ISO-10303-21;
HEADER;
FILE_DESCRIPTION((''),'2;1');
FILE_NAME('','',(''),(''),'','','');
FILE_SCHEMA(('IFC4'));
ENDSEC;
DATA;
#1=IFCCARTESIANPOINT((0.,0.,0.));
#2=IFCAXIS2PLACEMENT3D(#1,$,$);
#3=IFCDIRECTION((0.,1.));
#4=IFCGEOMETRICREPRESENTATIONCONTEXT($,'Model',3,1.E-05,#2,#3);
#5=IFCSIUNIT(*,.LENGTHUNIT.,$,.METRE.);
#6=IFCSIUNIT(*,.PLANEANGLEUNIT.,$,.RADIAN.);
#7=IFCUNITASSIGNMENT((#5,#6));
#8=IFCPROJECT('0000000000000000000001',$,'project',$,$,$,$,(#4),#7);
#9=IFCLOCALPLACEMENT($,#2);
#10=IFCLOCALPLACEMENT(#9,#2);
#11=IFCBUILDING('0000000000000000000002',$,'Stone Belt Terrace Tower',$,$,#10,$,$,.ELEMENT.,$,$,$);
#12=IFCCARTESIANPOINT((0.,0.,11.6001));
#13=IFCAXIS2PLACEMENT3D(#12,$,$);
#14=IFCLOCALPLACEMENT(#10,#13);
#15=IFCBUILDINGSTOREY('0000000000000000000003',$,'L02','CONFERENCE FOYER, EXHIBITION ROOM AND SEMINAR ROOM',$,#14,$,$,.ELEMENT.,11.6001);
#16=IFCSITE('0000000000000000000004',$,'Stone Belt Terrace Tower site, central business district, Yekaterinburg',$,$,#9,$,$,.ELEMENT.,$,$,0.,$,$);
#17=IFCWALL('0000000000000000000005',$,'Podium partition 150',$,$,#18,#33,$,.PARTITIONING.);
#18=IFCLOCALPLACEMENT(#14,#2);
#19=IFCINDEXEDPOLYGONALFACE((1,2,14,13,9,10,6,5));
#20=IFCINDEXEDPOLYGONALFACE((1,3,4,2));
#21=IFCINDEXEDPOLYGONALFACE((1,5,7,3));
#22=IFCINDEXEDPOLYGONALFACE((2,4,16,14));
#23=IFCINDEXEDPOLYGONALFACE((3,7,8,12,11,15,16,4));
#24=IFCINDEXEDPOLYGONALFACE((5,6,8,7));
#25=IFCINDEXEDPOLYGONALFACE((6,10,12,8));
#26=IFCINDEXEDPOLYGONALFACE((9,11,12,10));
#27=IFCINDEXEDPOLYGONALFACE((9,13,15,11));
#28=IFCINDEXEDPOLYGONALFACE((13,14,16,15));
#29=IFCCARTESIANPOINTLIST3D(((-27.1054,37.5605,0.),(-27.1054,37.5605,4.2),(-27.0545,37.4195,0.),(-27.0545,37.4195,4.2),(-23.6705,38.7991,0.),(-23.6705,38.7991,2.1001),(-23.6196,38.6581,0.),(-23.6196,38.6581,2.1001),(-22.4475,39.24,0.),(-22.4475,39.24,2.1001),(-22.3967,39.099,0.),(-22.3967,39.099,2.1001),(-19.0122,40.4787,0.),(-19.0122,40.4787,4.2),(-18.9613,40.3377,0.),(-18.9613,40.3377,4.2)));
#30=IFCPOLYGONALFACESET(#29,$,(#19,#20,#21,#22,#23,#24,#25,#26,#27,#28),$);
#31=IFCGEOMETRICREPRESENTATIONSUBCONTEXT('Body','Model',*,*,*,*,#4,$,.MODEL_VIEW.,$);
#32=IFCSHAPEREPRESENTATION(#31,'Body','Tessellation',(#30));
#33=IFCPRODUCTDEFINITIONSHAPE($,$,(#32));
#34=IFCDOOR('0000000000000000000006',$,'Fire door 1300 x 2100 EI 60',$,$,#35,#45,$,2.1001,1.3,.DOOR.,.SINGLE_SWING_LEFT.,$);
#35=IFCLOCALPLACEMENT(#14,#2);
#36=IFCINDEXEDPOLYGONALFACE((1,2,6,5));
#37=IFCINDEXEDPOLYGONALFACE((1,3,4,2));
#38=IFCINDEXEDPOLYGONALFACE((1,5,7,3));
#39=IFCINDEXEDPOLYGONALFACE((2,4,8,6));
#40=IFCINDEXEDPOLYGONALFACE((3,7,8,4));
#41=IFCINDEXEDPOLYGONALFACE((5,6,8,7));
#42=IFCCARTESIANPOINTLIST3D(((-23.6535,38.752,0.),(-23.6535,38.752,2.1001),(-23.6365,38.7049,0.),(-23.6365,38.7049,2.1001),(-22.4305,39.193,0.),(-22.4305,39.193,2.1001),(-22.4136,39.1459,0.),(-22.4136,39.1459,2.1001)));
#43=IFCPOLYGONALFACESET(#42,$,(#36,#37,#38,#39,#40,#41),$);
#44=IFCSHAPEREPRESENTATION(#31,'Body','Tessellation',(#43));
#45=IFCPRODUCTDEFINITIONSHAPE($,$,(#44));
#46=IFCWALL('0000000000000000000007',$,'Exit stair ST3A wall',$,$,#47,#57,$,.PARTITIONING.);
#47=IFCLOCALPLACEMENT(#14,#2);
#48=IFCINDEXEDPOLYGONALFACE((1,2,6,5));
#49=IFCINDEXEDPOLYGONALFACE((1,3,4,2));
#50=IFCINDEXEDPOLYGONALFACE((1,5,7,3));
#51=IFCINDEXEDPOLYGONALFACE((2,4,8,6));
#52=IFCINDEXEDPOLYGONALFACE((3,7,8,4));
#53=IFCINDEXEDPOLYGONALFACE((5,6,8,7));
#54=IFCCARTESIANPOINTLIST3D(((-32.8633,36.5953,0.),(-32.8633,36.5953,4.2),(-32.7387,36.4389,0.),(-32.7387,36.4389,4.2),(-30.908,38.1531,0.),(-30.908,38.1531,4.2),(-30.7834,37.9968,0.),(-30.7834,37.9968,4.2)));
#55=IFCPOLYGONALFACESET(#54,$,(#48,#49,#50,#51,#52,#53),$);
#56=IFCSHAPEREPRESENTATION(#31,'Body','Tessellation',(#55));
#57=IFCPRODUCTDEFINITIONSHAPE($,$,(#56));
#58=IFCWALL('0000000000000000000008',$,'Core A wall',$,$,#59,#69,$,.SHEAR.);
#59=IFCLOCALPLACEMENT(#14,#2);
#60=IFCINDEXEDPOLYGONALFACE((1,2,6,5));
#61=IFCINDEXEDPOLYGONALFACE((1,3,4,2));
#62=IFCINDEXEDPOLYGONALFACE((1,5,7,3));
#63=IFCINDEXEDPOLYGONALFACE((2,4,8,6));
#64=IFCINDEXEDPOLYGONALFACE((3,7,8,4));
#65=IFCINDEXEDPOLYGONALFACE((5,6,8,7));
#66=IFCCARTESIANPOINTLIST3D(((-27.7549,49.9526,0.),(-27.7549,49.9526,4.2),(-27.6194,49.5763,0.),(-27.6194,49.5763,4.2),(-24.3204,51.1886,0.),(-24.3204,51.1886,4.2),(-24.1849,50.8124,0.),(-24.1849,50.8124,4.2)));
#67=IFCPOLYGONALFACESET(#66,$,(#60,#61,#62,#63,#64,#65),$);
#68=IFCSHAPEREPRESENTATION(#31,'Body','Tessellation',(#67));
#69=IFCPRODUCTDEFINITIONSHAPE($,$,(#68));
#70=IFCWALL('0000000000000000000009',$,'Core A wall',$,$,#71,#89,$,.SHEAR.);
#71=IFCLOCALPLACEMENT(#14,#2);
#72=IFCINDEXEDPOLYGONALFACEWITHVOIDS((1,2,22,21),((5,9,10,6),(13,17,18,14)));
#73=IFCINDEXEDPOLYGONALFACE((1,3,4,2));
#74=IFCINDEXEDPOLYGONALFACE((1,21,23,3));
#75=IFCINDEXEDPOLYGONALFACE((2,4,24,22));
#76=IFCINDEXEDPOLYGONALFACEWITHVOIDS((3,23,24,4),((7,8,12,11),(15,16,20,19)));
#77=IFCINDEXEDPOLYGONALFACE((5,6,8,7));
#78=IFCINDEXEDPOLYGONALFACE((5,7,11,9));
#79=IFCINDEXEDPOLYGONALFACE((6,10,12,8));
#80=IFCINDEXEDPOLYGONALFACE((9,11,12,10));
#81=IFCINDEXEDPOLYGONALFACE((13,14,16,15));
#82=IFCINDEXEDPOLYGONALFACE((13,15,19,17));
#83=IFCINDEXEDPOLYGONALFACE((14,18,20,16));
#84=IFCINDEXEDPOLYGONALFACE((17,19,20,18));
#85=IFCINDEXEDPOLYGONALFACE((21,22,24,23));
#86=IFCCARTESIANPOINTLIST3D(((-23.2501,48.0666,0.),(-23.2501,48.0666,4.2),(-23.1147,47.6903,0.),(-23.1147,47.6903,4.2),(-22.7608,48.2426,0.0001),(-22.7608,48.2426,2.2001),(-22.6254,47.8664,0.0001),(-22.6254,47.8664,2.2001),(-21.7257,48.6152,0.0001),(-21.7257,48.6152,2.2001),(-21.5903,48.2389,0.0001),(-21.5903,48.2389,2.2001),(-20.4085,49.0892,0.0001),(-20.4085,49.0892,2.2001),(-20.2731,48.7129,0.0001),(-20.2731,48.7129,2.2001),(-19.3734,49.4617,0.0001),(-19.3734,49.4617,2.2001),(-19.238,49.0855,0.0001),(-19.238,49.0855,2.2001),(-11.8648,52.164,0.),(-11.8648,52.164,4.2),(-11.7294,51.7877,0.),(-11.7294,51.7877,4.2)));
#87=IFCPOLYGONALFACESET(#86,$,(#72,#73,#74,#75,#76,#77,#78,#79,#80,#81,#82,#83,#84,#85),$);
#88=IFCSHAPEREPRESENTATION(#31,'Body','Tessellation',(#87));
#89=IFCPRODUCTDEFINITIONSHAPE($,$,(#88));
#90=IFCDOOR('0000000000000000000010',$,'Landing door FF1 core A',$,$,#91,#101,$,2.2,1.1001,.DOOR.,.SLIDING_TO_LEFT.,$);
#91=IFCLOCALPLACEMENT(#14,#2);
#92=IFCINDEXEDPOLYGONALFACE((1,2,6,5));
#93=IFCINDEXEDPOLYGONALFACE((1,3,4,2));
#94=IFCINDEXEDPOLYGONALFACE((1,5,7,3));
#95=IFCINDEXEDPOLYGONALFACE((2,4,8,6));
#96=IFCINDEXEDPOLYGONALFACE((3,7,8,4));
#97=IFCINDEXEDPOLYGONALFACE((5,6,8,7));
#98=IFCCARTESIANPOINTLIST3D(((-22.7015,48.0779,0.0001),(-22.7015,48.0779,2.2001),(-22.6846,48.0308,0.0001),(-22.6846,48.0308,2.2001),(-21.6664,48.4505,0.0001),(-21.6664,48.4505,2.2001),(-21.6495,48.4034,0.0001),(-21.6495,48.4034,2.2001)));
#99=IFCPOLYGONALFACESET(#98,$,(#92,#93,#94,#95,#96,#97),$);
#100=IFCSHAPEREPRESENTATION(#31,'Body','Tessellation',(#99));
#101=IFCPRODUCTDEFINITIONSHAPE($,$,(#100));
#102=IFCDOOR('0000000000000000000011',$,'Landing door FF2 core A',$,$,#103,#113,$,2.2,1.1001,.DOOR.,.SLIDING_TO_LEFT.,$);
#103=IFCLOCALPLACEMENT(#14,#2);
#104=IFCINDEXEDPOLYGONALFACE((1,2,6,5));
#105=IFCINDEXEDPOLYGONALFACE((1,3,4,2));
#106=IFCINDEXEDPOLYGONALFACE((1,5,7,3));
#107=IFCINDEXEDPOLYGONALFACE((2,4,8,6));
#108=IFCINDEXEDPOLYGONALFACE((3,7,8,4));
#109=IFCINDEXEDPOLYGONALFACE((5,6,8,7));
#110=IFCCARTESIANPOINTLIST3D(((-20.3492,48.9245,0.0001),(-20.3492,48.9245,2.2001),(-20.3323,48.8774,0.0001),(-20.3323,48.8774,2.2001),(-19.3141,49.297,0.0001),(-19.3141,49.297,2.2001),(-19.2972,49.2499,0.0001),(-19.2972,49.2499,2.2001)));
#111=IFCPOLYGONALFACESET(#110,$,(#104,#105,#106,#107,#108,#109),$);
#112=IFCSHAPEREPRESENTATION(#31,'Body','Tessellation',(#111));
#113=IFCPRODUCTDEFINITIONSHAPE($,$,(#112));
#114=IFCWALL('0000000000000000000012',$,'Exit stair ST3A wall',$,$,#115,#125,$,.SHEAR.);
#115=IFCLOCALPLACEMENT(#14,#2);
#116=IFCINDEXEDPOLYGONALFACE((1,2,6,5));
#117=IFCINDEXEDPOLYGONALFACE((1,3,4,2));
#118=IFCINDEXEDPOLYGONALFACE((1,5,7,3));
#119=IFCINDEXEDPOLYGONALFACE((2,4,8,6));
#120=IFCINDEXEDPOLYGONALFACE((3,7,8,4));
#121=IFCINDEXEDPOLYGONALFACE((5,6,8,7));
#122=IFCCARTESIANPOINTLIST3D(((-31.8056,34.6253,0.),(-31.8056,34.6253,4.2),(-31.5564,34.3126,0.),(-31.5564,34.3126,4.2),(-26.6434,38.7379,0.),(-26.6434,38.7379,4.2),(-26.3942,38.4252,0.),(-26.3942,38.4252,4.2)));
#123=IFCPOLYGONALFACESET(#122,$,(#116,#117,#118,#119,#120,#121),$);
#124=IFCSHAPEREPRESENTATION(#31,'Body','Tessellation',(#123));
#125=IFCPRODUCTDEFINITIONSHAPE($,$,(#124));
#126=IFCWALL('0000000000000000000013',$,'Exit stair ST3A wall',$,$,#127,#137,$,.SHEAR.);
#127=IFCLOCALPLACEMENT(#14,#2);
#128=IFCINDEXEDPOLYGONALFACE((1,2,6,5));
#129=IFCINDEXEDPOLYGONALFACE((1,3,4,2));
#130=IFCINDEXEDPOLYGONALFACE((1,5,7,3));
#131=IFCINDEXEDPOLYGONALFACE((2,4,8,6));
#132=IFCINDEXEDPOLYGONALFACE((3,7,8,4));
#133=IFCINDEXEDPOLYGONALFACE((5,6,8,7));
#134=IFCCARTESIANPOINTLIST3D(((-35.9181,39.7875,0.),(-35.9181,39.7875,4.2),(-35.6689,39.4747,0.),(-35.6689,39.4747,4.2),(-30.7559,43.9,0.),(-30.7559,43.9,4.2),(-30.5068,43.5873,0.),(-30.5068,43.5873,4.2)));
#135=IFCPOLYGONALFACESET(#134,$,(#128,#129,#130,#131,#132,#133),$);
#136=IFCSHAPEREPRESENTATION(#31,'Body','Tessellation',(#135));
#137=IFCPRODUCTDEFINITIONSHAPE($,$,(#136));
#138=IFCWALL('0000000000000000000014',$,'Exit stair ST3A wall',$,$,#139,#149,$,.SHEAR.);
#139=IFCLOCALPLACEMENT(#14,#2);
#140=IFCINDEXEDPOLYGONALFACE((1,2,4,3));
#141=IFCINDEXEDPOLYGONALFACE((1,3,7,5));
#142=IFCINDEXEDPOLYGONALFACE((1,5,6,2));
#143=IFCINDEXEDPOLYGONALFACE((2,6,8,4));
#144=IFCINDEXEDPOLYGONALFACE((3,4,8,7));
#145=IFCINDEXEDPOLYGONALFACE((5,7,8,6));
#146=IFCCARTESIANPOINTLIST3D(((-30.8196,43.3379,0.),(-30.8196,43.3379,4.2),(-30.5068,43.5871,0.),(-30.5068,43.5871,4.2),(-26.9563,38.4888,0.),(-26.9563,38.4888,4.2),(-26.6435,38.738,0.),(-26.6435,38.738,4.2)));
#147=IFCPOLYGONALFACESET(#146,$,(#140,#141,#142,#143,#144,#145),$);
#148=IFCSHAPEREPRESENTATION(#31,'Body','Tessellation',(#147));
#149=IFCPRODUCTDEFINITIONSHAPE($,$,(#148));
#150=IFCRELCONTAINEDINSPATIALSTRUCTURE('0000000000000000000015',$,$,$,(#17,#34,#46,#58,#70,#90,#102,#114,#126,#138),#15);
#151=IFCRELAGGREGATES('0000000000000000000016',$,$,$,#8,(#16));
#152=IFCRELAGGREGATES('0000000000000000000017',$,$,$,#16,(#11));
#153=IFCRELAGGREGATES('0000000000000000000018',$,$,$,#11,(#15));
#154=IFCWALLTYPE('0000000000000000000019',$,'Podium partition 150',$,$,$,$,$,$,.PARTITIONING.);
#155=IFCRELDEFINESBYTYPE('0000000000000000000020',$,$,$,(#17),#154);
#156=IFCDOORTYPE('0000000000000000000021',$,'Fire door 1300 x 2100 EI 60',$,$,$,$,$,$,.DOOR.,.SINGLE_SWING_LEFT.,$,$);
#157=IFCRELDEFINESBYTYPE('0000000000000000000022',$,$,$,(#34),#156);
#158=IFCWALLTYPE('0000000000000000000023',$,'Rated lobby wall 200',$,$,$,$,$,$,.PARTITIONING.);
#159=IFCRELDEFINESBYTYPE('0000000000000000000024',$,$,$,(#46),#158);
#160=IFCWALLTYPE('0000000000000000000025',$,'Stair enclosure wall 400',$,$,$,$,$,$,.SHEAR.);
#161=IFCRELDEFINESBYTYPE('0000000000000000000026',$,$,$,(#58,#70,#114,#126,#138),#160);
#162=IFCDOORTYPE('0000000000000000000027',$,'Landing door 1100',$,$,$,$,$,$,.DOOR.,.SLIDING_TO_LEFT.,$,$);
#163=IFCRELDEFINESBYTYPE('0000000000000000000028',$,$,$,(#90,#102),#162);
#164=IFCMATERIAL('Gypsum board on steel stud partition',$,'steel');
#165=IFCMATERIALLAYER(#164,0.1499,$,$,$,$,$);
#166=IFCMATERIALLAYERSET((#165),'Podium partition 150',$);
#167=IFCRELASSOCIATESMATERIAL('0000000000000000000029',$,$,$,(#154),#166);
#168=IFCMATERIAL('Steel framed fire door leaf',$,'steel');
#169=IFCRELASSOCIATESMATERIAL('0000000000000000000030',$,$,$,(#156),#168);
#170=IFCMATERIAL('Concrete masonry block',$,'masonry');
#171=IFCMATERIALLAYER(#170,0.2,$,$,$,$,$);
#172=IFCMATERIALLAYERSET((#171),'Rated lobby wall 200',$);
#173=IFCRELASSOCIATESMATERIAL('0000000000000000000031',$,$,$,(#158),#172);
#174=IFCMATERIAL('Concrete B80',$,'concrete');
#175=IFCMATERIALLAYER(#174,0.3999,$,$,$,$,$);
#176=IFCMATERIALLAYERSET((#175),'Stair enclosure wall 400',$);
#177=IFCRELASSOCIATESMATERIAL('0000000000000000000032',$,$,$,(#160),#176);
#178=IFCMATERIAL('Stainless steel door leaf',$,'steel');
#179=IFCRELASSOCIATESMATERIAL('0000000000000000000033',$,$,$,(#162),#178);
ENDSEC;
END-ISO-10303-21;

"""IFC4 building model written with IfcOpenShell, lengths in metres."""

from ifc_helpers import new_model, si_unit, direction, frame, frame_2d, origin, place, context, subcontext, project, spatial, rectangle, extrude, material, layer, layer_set, type_object, element, fill, save


model = new_model("IFC4")

# Units and contexts
model_context = context("Model", 3, precision=1e-05, world=origin(), true_north=direction((0.0, 1.0)))
body_context = subcontext(model_context, "Body", "Model", "MODEL_VIEW")
ifc_project = project(units=[si_unit("LENGTHUNIT", "METRE"), si_unit("PLANEANGLEUNIT", "RADIAN")], contexts=[model_context])

# Site, building, storey
site_placement = place(None, origin())
site = spatial("IfcSite", under=ifc_project, at=site_placement, Name="Stone Belt Terrace Tower site, central business district, Yekaterinburg", CompositionType="ELEMENT", RefElevation=0.0)
building_placement = place(site_placement, origin())
building = spatial("IfcBuilding", under=site, at=building_placement, Name="Stone Belt Terrace Tower", CompositionType="ELEMENT")
storey_placement = place(building_placement, frame((0.0, 0.0, 11.6001)))
storey = spatial("IfcBuildingStorey", under=building, at=storey_placement, Name="L02", Description="CONFERENCE FOYER, EXHIBITION ROOM AND SEMINAR ROOM", CompositionType="ELEMENT", Elevation=11.6001)

# Shared definitions
ifc_material_1 = material(Name="Concrete B80", Category="concrete")

# Shared definitions
ifc_material_2 = material(Name="Gypsum board on steel stud partition", Category="steel")
ifc_layer_1 = layer(ifc_material_2, 0.1499)
ifc_layer_set_1 = layer_set([ifc_layer_1], Name="Podium partition 150")
wall_type_1 = type_object("IfcWallType", Name="Podium partition 150", PredefinedType="PARTITIONING", material=ifc_layer_set_1)

# Wall, opening, door
wall_1_placement = place(storey_placement, frame((-27.0801, 37.49, 0.0), z_axis=(0.0, 0.0, 1.0), x_axis=(0.940715, 0.339197, 0.0)))
wall_1 = element("IfcWall", 1, at=wall_1_placement, inside=storey, type_object=wall_type_1, Name="Podium partition 150", PredefinedType="PARTITIONING", context=body_context, shape_type="SweptSolid", body=[
    extrude(rectangle(XDim=8.6033, YDim=0.1499, at=frame_2d((4.3018, 0.0))), origin(), (0.0, 0.0, 1.0), 4.2),
])
opening_1_placement = place(wall_1_placement, frame((3.6516, 0.0, 0.0)))
opening_1 = element("IfcOpeningElement", 2, at=opening_1_placement, cuts=wall_1, PredefinedType="OPENING", context=body_context, shape_type="SweptSolid", body=[
    extrude(rectangle(XDim=1.3, YDim=2.1001, at=frame_2d((0.6499, 1.05))), frame((0.0, 0.085, 0.0), z_axis=(0.0, -1.0, 0.0), x_axis=(1.0, 0.0, 0.0)), (0.0, 0.0, 1.0), 0.1699),
])
ifc_material_3 = material(Name="Steel framed fire door leaf", Category="steel")
door_type_1 = type_object("IfcDoorType", Name="Fire door 1300 x 2100 EI 60", OperationType="SINGLE_SWING_LEFT", PredefinedType="DOOR", material=ifc_material_3)
door_1_placement = place(opening_1_placement, origin())
door_1 = element("IfcDoor", 3, at=door_1_placement, inside=storey, type_object=door_type_1, Name="Fire door 1300 x 2100 EI 60", OperationType="SINGLE_SWING_LEFT", OverallHeight=2.1001, OverallWidth=1.3, PredefinedType="DOOR", context=body_context, shape_type="SweptSolid", body=[
    extrude(rectangle(XDim=1.3, YDim=2.1001, at=frame_2d((0.6499, 1.05))), frame((0.0, 0.0249, 0.0), z_axis=(0.0, -1.0, 0.0), x_axis=(1.0, 0.0, 0.0)), (0.0, 0.0, 1.0), 0.05),
])
fill(opening_1, door_1)

# Walls
ifc_material_4 = material(Name="Concrete masonry block", Category="masonry")
ifc_layer_2 = layer(ifc_material_4, 0.2)
ifc_layer_set_2 = layer_set([ifc_layer_2], Name="Rated lobby wall 200")
wall_type_2 = type_object("IfcWallType", Name="Rated lobby wall 200", PredefinedType="PARTITIONING", material=ifc_layer_set_2)
wall_2_placement = place(storey_placement, frame((-30.8457, 38.075, 0.0), z_axis=(0.0, 0.0, 1.0), x_axis=(-0.782115, -0.623134, 0.0)))
element("IfcWall", 4, at=wall_2_placement, inside=storey, type_object=wall_type_2, Name="Exit stair ST3A wall", PredefinedType="PARTITIONING", context=body_context, shape_type="SweptSolid", body=[
    extrude(rectangle(XDim=2.5, YDim=0.2, at=frame_2d((1.25, 0.0))), origin(), (0.0, 0.0, 1.0), 4.2),
])
ifc_layer_3 = layer(ifc_material_1, 0.3999)
ifc_layer_set_3 = layer_set([ifc_layer_3], Name="Stair enclosure wall 400")
wall_type_3 = type_object("IfcWallType", Name="Stair enclosure wall 400", PredefinedType="SHEAR", material=ifc_layer_set_3)
wall_3_placement = place(storey_placement, frame((-27.6873, 49.7644, 0.0), z_axis=(0.0, 0.0, 1.0), x_axis=(0.940919, 0.338632, 0.0)))
element("IfcWall", 5, at=wall_3_placement, inside=storey, type_object=wall_type_3, Name="Core A wall", PredefinedType="SHEAR", context=body_context, shape_type="SweptSolid", body=[
    extrude(rectangle(XDim=3.6501, YDim=0.3999, at=frame_2d((1.8252, 0.0))), origin(), (0.0, 0.0, 1.0), 4.2),
])

# Wall, openings, doors
wall_4_placement = place(storey_placement, frame((-23.1824, 47.8784, 0.0), z_axis=(0.0, 0.0, 1.0), x_axis=(0.940921, 0.338626, 0.0)))
wall_4 = element("IfcWall", 6, at=wall_4_placement, inside=storey, type_object=wall_type_3, Name="Core A wall", PredefinedType="SHEAR", context=body_context, shape_type="SweptSolid", body=[
    extrude(rectangle(XDim=12.1001, YDim=0.3999, at=frame_2d((6.05, 0.0))), origin(), (0.0, 0.0, 1.0), 4.2),
])
opening_2_placement = place(wall_4_placement, frame((0.52, 0.0, 0.0)))
opening_2 = element("IfcOpeningElement", 7, at=opening_2_placement, cuts=wall_4, PredefinedType="OPENING", context=body_context, shape_type="SweptSolid", body=[
    extrude(rectangle(XDim=1.1001, YDim=2.2, at=frame_2d((0.55, 1.1001))), frame((0.0, 0.21, 0.0), z_axis=(0.0, -1.0, 0.0), x_axis=(1.0, 0.0, 0.0)), (0.0, 0.0, 1.0), 0.4199),
])
opening_3_placement = place(wall_4_placement, frame((3.02, 0.0, 0.0)))
opening_3 = element("IfcOpeningElement", 8, at=opening_3_placement, cuts=wall_4, PredefinedType="OPENING", context=body_context, shape_type="SweptSolid", body=[
    extrude(rectangle(XDim=1.1001, YDim=2.2, at=frame_2d((0.55, 1.1001))), frame((0.0, 0.21, 0.0), z_axis=(0.0, -1.0, 0.0), x_axis=(1.0, 0.0, 0.0)), (0.0, 0.0, 1.0), 0.4199),
])
ifc_material_5 = material(Name="Stainless steel door leaf", Category="steel")
door_type_2 = type_object("IfcDoorType", Name="Landing door 1100", OperationType="SLIDING_TO_LEFT", PredefinedType="DOOR", material=ifc_material_5)
door_2_placement = place(opening_2_placement, origin())
door_2 = element("IfcDoor", 9, at=door_2_placement, inside=storey, type_object=door_type_2, Name="Landing door FF1 core A", OperationType="SLIDING_TO_LEFT", OverallHeight=2.2, OverallWidth=1.1001, PredefinedType="DOOR", context=body_context, shape_type="SweptSolid", body=[
    extrude(rectangle(XDim=1.1001, YDim=2.2, at=frame_2d((0.55, 1.1001))), frame((0.0, 0.0249, 0.0), z_axis=(0.0, -1.0, 0.0), x_axis=(1.0, 0.0, 0.0)), (0.0, 0.0, 1.0), 0.05),
])
fill(opening_2, door_2)
door_3_placement = place(opening_3_placement, origin())
door_3 = element("IfcDoor", 10, at=door_3_placement, inside=storey, type_object=door_type_2, Name="Landing door FF2 core A", OperationType="SLIDING_TO_LEFT", OverallHeight=2.2, OverallWidth=1.1001, PredefinedType="DOOR", context=body_context, shape_type="SweptSolid", body=[
    extrude(rectangle(XDim=1.1001, YDim=2.2, at=frame_2d((0.55, 1.1001))), frame((0.0, 0.0249, 0.0), z_axis=(0.0, -1.0, 0.0), x_axis=(1.0, 0.0, 0.0)), (0.0, 0.0, 1.0), 0.05),
])
fill(opening_3, door_3)

# Walls
for number, where, z_axis, x_axis, name in (
    (11, (-26.5188, 38.5815, 0.0), (0.0, 0.0, 1.0), (-0.782134, -0.62311, 0.0), "Exit stair ST3A wall"),
    (12, (-30.6313, 43.7437, 0.0), (0.0, 0.0, 1.0), (-0.782134, -0.62311, 0.0), "Exit stair ST3A wall"),
):
    element("IfcWall", number, at=place(storey_placement, frame(where, z_axis=z_axis, x_axis=x_axis)), inside=storey, type_object=wall_type_3, Name=name, PredefinedType="SHEAR", context=body_context, shape_type="SweptSolid", body=[
        extrude(rectangle(XDim=6.6001, YDim=0.3999, at=frame_2d((3.3, 0.0))), origin(), (0.0, 0.0, 1.0), 4.2),
    ])
wall_5_placement = place(storey_placement, frame((-26.7998, 38.6133, 0.0), z_axis=(0.0, 0.0, 1.0), x_axis=(-0.623119, 0.782127, 0.0)))
element("IfcWall", 13, at=wall_5_placement, inside=storey, type_object=wall_type_3, Name="Exit stair ST3A wall", PredefinedType="SHEAR", context=body_context, shape_type="SweptSolid", body=[
    extrude(rectangle(XDim=6.2, YDim=0.3999, at=frame_2d((3.1001, 0.0))), origin(), (0.0, 0.0, 1.0), 4.2),
])

save(model, "model.ifc")
